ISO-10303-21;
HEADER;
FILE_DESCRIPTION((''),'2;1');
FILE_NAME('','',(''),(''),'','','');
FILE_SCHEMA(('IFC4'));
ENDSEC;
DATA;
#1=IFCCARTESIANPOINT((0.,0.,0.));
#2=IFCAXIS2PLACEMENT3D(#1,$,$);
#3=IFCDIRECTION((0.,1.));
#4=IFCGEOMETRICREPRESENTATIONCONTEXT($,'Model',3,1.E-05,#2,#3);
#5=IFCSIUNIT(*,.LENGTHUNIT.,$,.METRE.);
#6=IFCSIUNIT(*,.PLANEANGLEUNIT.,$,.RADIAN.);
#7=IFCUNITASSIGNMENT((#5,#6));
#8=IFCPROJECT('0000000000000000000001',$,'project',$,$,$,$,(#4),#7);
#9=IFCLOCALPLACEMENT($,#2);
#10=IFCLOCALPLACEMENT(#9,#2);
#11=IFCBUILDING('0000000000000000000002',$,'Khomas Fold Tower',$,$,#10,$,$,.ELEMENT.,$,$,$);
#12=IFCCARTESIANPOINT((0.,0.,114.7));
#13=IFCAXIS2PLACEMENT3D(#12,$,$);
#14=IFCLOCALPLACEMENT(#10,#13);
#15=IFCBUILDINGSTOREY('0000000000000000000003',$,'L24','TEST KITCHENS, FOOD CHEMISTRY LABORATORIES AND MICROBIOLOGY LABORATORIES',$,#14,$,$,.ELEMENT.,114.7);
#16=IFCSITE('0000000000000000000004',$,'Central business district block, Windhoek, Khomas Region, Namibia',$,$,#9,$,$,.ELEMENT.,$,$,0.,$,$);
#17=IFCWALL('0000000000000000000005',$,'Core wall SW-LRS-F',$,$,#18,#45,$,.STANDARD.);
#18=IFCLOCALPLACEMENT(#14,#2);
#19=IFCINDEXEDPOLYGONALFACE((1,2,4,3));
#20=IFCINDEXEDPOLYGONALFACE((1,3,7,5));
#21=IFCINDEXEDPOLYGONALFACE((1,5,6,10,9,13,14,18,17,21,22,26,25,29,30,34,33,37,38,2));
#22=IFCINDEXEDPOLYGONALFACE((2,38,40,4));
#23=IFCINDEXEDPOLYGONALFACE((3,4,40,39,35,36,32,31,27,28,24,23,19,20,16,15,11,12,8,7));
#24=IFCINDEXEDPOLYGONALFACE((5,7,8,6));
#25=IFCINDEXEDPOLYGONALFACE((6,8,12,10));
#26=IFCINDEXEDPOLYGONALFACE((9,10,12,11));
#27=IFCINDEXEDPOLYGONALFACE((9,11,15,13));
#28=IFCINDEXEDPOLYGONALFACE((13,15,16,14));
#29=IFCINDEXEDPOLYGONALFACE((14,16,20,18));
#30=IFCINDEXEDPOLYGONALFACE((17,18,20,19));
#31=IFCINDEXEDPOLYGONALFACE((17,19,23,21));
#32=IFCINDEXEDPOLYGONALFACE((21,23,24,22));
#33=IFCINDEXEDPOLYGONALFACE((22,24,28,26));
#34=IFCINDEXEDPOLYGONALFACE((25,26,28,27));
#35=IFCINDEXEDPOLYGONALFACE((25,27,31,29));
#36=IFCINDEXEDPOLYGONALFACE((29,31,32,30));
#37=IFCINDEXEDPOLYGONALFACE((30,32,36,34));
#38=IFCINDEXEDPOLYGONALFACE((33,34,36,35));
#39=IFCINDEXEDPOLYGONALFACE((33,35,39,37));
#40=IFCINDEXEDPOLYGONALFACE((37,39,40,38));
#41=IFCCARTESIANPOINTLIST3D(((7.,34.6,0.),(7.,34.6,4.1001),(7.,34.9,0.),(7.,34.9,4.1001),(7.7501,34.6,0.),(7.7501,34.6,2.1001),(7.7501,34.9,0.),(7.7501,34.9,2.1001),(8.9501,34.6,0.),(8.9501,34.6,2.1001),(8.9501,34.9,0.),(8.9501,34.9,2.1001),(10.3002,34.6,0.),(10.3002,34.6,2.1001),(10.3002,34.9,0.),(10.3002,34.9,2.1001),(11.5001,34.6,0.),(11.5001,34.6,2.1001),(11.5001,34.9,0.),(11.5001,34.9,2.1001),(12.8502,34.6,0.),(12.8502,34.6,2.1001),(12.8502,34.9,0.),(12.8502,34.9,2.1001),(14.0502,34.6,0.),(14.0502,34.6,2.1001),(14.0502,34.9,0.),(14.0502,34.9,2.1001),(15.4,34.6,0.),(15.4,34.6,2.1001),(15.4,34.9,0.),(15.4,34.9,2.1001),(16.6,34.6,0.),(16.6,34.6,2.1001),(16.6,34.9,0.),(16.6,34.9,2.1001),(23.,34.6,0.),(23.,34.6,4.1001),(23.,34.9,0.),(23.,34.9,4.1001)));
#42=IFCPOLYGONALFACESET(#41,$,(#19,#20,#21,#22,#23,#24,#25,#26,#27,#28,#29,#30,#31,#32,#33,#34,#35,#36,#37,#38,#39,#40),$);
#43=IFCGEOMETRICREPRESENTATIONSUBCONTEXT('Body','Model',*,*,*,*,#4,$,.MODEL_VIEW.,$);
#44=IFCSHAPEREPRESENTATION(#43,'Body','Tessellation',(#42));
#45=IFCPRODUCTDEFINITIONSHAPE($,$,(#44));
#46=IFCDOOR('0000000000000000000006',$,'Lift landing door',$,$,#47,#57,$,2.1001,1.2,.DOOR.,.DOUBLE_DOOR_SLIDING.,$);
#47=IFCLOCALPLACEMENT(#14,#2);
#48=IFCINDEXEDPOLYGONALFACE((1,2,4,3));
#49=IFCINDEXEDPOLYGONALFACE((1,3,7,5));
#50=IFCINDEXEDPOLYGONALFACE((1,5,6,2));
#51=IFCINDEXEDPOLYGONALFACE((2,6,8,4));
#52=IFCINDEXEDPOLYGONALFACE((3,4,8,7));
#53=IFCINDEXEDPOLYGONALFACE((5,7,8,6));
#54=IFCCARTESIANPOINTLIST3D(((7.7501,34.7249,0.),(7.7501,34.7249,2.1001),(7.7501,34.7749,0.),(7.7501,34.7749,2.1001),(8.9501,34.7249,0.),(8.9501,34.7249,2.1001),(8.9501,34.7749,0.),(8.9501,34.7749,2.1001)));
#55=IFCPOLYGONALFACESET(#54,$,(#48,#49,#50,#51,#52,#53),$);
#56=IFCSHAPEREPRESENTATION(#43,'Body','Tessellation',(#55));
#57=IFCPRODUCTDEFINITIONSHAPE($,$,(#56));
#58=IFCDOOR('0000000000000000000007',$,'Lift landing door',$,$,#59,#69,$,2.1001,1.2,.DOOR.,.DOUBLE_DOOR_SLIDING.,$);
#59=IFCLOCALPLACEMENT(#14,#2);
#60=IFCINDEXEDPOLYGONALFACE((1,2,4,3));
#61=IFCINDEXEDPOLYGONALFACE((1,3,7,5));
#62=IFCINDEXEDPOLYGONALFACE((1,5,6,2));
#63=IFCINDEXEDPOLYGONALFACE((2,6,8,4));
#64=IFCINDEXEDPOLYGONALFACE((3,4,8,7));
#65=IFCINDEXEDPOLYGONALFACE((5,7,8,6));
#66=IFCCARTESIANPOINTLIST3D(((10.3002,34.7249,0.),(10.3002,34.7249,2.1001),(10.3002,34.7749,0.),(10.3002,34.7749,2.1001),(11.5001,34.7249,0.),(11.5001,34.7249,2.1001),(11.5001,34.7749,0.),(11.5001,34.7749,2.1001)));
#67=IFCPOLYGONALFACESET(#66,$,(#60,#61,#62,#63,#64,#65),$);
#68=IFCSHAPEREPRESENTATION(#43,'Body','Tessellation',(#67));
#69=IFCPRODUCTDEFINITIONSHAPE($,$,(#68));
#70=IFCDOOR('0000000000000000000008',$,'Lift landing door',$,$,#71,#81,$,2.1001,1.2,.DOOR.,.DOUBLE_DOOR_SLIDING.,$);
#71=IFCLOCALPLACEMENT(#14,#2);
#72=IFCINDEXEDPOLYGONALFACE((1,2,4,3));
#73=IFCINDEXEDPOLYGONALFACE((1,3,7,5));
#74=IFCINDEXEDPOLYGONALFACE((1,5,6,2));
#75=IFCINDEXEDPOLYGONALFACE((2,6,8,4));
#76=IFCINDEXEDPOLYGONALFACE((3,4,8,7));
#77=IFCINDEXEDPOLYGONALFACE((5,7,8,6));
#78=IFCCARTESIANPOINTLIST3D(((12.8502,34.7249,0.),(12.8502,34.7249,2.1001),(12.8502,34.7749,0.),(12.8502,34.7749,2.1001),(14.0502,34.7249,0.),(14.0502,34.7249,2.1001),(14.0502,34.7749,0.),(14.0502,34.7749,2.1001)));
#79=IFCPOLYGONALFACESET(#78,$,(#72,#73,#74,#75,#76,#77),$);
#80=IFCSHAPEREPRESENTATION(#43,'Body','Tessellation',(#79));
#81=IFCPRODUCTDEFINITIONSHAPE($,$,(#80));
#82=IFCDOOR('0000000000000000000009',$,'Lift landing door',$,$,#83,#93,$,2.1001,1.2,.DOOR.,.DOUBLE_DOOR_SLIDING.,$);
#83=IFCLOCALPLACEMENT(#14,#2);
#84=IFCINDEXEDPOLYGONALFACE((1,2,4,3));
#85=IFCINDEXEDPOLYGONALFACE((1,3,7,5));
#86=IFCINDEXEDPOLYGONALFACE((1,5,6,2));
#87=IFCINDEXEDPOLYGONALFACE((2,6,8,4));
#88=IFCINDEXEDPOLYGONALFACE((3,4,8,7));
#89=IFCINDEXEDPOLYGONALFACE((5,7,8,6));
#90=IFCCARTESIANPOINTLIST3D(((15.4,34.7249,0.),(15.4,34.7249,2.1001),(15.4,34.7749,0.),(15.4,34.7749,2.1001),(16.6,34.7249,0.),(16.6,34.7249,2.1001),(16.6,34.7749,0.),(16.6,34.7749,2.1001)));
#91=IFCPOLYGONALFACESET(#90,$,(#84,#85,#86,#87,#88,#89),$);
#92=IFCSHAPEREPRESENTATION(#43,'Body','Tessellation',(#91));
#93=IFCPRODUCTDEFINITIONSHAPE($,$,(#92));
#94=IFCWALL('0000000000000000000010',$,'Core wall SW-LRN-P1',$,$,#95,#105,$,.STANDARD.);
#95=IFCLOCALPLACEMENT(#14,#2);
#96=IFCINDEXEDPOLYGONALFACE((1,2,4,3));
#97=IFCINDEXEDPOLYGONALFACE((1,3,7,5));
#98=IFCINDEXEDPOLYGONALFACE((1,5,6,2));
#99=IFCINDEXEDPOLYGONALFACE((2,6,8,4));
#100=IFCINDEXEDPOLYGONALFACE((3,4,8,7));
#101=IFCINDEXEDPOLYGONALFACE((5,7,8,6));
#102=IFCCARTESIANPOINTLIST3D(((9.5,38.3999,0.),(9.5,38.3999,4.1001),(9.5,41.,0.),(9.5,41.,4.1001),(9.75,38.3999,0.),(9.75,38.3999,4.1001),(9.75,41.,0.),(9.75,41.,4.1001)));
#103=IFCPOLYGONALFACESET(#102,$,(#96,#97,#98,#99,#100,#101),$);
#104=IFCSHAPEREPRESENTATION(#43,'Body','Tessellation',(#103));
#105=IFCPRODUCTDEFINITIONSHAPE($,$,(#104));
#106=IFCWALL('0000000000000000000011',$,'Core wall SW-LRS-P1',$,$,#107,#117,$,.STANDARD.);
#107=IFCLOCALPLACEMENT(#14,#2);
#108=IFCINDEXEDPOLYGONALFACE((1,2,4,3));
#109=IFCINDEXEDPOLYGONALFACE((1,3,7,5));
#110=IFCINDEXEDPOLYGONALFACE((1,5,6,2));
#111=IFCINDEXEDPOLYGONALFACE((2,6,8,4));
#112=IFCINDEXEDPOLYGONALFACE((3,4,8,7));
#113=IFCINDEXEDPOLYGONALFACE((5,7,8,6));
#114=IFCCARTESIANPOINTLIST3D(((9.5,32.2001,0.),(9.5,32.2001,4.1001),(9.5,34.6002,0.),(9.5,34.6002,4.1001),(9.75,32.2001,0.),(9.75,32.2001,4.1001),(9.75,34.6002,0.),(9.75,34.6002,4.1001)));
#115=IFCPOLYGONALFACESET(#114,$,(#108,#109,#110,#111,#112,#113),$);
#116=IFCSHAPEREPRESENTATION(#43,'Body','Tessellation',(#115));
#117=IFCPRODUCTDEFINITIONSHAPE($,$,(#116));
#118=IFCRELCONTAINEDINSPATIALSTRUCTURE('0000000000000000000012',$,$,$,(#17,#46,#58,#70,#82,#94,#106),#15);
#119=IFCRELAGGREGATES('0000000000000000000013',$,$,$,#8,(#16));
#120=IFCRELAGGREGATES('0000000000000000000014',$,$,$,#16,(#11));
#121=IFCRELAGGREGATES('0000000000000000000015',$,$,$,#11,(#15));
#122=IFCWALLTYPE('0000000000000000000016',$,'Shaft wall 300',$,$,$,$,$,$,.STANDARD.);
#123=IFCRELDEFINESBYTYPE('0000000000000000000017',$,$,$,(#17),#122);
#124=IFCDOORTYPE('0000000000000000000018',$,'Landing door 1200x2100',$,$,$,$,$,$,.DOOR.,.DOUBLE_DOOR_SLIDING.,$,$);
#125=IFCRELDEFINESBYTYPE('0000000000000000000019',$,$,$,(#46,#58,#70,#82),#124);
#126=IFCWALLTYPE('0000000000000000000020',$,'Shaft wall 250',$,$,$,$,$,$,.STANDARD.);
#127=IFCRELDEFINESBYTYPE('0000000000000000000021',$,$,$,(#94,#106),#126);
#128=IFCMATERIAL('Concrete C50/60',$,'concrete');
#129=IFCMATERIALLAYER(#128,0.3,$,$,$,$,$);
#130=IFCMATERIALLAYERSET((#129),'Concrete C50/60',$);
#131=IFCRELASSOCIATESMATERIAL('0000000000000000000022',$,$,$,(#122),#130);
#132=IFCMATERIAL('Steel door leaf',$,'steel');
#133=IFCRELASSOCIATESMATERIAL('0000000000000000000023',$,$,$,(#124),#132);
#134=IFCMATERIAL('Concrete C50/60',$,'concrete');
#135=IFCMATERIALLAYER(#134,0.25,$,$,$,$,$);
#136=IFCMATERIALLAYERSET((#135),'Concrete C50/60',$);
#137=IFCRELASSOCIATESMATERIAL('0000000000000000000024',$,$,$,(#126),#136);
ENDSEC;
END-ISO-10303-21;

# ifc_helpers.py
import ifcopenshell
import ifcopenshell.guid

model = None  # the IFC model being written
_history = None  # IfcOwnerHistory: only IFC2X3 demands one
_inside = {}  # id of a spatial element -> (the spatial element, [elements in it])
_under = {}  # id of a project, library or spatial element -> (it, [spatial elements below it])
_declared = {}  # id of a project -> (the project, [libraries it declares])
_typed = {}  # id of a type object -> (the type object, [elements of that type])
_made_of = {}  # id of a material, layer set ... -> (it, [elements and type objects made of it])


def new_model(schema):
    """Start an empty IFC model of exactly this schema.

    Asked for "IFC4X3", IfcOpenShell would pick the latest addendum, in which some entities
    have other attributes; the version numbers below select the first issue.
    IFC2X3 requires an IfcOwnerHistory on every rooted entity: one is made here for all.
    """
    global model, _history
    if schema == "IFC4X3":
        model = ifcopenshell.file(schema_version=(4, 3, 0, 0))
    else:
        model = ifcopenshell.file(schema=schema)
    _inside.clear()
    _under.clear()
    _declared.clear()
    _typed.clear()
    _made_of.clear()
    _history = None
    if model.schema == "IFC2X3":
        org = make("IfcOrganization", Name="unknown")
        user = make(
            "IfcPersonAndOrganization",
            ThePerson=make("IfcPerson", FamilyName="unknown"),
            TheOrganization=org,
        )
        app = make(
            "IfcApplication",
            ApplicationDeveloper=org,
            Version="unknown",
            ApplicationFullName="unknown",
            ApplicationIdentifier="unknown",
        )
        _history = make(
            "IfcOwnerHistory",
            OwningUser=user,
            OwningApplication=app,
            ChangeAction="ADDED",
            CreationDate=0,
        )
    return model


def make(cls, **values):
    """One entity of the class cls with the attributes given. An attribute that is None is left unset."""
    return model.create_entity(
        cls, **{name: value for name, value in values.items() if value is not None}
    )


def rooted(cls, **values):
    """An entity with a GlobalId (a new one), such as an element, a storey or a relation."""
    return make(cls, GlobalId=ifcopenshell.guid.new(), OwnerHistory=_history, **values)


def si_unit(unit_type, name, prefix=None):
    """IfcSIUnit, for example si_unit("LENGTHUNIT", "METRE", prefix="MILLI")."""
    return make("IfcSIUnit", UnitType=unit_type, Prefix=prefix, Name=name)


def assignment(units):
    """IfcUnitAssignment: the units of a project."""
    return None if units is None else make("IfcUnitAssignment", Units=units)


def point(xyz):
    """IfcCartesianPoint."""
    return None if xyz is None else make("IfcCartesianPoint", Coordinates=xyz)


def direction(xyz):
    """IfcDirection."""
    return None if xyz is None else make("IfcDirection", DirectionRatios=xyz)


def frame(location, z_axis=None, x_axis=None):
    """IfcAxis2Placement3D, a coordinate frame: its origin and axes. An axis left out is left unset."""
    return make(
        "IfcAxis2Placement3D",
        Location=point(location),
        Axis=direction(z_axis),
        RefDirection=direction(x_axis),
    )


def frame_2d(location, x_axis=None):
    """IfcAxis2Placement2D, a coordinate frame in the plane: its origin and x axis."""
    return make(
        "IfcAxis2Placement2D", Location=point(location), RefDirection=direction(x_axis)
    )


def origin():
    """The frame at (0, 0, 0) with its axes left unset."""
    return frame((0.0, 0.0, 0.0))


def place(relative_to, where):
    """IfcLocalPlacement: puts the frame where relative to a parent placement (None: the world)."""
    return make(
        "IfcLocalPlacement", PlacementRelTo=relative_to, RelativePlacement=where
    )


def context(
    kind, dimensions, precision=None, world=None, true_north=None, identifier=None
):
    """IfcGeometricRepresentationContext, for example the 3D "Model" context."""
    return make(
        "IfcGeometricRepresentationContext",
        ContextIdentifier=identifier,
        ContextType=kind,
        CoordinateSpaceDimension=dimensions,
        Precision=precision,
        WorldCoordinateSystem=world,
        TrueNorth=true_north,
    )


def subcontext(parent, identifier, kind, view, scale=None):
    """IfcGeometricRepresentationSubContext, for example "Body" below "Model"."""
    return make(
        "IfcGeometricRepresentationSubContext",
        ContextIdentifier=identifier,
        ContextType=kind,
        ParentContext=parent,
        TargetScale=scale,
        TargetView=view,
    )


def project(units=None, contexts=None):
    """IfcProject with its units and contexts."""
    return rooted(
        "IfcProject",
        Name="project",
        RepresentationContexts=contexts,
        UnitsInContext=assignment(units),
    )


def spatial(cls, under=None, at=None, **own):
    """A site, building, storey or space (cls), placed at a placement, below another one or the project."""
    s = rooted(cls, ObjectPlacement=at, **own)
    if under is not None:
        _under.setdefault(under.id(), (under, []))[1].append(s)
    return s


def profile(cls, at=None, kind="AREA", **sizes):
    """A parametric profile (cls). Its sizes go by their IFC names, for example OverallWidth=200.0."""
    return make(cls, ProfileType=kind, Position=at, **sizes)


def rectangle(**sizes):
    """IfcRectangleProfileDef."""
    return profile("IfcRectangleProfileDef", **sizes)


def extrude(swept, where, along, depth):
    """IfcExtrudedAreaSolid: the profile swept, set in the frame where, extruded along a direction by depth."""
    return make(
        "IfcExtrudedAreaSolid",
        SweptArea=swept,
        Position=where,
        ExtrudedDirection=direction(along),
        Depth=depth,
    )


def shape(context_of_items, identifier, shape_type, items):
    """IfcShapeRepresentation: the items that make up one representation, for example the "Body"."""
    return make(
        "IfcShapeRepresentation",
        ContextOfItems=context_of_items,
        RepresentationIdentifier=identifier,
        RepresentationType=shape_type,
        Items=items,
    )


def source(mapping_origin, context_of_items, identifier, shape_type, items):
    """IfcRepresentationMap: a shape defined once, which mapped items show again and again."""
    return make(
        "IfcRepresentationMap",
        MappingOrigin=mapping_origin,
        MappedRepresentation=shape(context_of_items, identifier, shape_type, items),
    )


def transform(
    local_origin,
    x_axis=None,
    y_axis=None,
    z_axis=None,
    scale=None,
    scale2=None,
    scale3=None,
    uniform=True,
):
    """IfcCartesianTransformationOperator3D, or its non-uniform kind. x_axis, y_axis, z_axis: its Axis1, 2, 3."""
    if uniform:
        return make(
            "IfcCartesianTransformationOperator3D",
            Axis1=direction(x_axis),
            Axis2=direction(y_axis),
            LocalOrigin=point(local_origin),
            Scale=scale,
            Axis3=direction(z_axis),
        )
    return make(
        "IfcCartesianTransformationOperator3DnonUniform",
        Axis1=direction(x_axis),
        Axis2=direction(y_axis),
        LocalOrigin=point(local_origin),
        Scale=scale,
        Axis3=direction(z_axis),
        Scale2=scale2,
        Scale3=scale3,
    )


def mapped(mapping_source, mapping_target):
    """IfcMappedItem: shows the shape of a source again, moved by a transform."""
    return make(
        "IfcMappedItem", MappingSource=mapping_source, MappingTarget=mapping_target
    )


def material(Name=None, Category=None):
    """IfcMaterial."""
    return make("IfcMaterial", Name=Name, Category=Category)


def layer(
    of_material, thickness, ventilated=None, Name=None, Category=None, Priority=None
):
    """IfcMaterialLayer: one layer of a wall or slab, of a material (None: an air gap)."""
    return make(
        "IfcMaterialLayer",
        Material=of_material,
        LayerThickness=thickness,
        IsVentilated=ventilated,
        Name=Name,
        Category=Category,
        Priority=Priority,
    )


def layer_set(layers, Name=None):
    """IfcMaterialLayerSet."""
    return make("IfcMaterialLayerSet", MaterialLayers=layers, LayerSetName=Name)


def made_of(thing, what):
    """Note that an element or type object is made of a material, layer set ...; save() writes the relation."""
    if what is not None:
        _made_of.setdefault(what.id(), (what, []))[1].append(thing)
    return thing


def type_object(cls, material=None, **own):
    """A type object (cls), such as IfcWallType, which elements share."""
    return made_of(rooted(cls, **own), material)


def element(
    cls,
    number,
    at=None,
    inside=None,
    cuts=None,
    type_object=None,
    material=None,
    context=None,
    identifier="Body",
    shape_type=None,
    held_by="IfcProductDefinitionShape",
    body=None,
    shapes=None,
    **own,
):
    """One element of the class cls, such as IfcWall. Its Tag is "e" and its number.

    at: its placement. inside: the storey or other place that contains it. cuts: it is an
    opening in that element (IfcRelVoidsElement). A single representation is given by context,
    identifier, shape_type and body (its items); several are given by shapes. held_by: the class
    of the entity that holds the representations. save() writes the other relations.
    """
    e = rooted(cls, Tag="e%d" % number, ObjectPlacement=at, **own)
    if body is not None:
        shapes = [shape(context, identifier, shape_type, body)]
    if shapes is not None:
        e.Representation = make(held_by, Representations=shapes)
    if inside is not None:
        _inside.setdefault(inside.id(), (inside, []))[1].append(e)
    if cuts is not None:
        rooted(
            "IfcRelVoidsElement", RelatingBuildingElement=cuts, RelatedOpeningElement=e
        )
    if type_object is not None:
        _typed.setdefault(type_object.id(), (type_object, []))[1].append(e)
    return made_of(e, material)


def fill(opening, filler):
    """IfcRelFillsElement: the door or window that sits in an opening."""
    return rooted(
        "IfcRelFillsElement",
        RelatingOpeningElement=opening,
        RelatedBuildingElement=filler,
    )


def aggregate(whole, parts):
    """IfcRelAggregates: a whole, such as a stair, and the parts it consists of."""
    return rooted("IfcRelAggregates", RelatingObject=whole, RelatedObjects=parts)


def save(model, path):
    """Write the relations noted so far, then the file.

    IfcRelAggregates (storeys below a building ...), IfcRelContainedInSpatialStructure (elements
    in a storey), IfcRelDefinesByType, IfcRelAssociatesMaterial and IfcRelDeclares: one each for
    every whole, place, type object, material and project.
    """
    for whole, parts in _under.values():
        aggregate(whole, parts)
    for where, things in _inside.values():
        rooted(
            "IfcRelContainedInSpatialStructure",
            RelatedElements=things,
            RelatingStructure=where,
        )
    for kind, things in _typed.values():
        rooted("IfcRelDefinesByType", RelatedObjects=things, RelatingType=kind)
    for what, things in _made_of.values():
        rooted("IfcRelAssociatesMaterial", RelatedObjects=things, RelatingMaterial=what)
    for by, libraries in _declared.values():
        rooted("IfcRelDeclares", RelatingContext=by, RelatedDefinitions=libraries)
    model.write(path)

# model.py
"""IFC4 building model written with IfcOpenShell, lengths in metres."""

from ifc_helpers import new_model, si_unit, direction, frame, frame_2d, origin, place, context, subcontext, project, spatial, rectangle, extrude, source, transform, mapped, material, layer, layer_set, type_object, element, fill, save


model = new_model("IFC4")

# Units and contexts
model_context = context("Model", 3, precision=1e-05, world=origin(), true_north=direction((0.0, 1.0)))
body_context = subcontext(model_context, "Body", "Model", "MODEL_VIEW")
ifc_project = project(units=[si_unit("LENGTHUNIT", "METRE"), si_unit("PLANEANGLEUNIT", "RADIAN")], contexts=[model_context])

# Site, building, storey
site_placement = place(None, origin())
site = spatial("IfcSite", under=ifc_project, at=site_placement, Name="Central business district block, Windhoek, Khomas Region, Namibia", CompositionType="ELEMENT", RefElevation=0.0)
building_placement = place(site_placement, origin())
building = spatial("IfcBuilding", under=site, at=building_placement, Name="Khomas Fold Tower", CompositionType="ELEMENT")
storey_placement = place(building_placement, frame((0.0, 0.0, 114.7)))
storey = spatial("IfcBuildingStorey", under=building, at=storey_placement, Name="L24", Description="TEST KITCHENS, FOOD CHEMISTRY LABORATORIES AND MICROBIOLOGY LABORATORIES", CompositionType="ELEMENT", Elevation=114.7)

# Shared definitions
ifc_material_1 = material(Name="Concrete C50/60", Category="concrete")
ifc_layer_1 = layer(ifc_material_1, 0.3)
ifc_layer_set_1 = layer_set([ifc_layer_1], Name="Concrete C50/60")
wall_type_1 = type_object("IfcWallType", Name="Shaft wall 300", PredefinedType="STANDARD", material=ifc_layer_set_1)
shared_shape_1 = source(origin(), body_context, "Body", "SweptSolid", [
    extrude(rectangle(XDim=16.0, YDim=0.3, at=frame_2d((8.0, 0.0))), origin(), (0.0, 0.0, 1.0), 4.1001),
])

# Wall, openings, doors
shared_shape_2 = source(origin(), body_context, "Body", "SweptSolid", [
    extrude(rectangle(XDim=1.2, YDim=2.1001, at=frame_2d((0.6001, 1.05))), frame((0.0, 0.1599, 0.0), z_axis=(0.0, -1.0, 0.0), x_axis=(1.0, 0.0, 0.0)), (0.0, 0.0, 1.0), 0.3201),
])
ifc_material_2 = material(Name="Steel door leaf", Category="steel")
door_type_1 = type_object("IfcDoorType", Name="Landing door 1200x2100", OperationType="DOUBLE_DOOR_SLIDING", PredefinedType="DOOR", material=ifc_material_2)
shared_shape_3 = source(origin(), body_context, "Body", "SweptSolid", [
    extrude(rectangle(XDim=1.2, YDim=2.1001, at=frame_2d((0.6001, 1.05))), frame((0.0, 0.0249, 0.0), z_axis=(0.0, -1.0, 0.0), x_axis=(1.0, 0.0, 0.0)), (0.0, 0.0, 1.0), 0.05),
])
wall_1_placement = place(storey_placement, frame((7.0, 34.75, 0.0), z_axis=(0.0, 0.0, 1.0), x_axis=(1.0, 0.0, 0.0)))
wall_1 = element("IfcWall", 1, at=wall_1_placement, inside=storey, type_object=wall_type_1, Name="Core wall SW-LRS-F", PredefinedType="STANDARD", context=body_context, shape_type="MappedRepresentation", body=[
    mapped(shared_shape_1, transform((0.0, 0.0, 0.0))),
])
opening_1_placement = place(wall_1_placement, frame((0.75, 0.0, 0.0)))
opening_1 = element("IfcOpeningElement", 2, at=opening_1_placement, cuts=wall_1, PredefinedType="OPENING", context=body_context, shape_type="MappedRepresentation", body=[
    mapped(shared_shape_2, transform((0.0, 0.0, 0.0))),
])
opening_2_placement = place(wall_1_placement, frame((3.3, 0.0, 0.0)))
opening_2 = element("IfcOpeningElement", 3, at=opening_2_placement, cuts=wall_1, PredefinedType="OPENING", context=body_context, shape_type="MappedRepresentation", body=[
    mapped(shared_shape_2, transform((0.0, 0.0, 0.0))),
])
opening_3_placement = place(wall_1_placement, frame((5.8501, 0.0, 0.0)))
opening_3 = element("IfcOpeningElement", 4, at=opening_3_placement, cuts=wall_1, PredefinedType="OPENING", context=body_context, shape_type="MappedRepresentation", body=[
    mapped(shared_shape_2, transform((0.0, 0.0, 0.0))),
])
opening_4_placement = place(wall_1_placement, frame((8.3999, 0.0, 0.0)))
opening_4 = element("IfcOpeningElement", 5, at=opening_4_placement, cuts=wall_1, PredefinedType="OPENING", context=body_context, shape_type="MappedRepresentation", body=[
    mapped(shared_shape_2, transform((0.0, 0.0, 0.0))),
])
door_1_placement = place(opening_1_placement, origin())
door_1 = element("IfcDoor", 6, at=door_1_placement, inside=storey, type_object=door_type_1, Name="Lift landing door", OperationType="DOUBLE_DOOR_SLIDING", OverallHeight=2.1001, OverallWidth=1.2, PredefinedType="DOOR", context=body_context, shape_type="MappedRepresentation", body=[
    mapped(shared_shape_3, transform((0.0, 0.0, 0.0))),
])
fill(opening_1, door_1)
door_2_placement = place(opening_2_placement, origin())
door_2 = element("IfcDoor", 7, at=door_2_placement, inside=storey, type_object=door_type_1, Name="Lift landing door", OperationType="DOUBLE_DOOR_SLIDING", OverallHeight=2.1001, OverallWidth=1.2, PredefinedType="DOOR", context=body_context, shape_type="MappedRepresentation", body=[
    mapped(shared_shape_3, transform((0.0, 0.0, 0.0))),
])
fill(opening_2, door_2)
door_3_placement = place(opening_3_placement, origin())
door_3 = element("IfcDoor", 8, at=door_3_placement, inside=storey, type_object=door_type_1, Name="Lift landing door", OperationType="DOUBLE_DOOR_SLIDING", OverallHeight=2.1001, OverallWidth=1.2, PredefinedType="DOOR", context=body_context, shape_type="MappedRepresentation", body=[
    mapped(shared_shape_3, transform((0.0, 0.0, 0.0))),
])
fill(opening_3, door_3)
door_4_placement = place(opening_4_placement, origin())
door_4 = element("IfcDoor", 9, at=door_4_placement, inside=storey, type_object=door_type_1, Name="Lift landing door", OperationType="DOUBLE_DOOR_SLIDING", OverallHeight=2.1001, OverallWidth=1.2, PredefinedType="DOOR", context=body_context, shape_type="MappedRepresentation", body=[
    mapped(shared_shape_3, transform((0.0, 0.0, 0.0))),
])
fill(opening_4, door_4)

# Walls
ifc_material_3 = material(Name="Concrete C50/60", Category="concrete")
ifc_layer_2 = layer(ifc_material_3, 0.25)
ifc_layer_set_2 = layer_set([ifc_layer_2], Name="Concrete C50/60")
wall_type_2 = type_object("IfcWallType", Name="Shaft wall 250", PredefinedType="STANDARD", material=ifc_layer_set_2)
shared_shape_4 = source(origin(), body_context, "Body", "SweptSolid", [
    extrude(rectangle(XDim=2.6001, YDim=0.25, at=frame_2d((1.3, 0.0))), origin(), (0.0, 0.0, 1.0), 4.1001),
])
wall_2_placement = place(storey_placement, frame((9.625, 38.3999, 0.0), z_axis=(0.0, 0.0, 1.0), x_axis=(0.0, 1.0, 0.0)))
element("IfcWall", 10, at=wall_2_placement, inside=storey, type_object=wall_type_2, Name="Core wall SW-LRN-P1", PredefinedType="STANDARD", context=body_context, shape_type="MappedRepresentation", body=[
    mapped(shared_shape_4, transform((0.0, 0.0, 0.0))),
])
shared_shape_5 = source(origin(), body_context, "Body", "SweptSolid", [
    extrude(rectangle(XDim=2.4001, YDim=0.25, at=frame_2d((1.2002, 0.0))), origin(), (0.0, 0.0, 1.0), 4.1001),
])
wall_3_placement = place(storey_placement, frame((9.625, 32.2, 0.0), z_axis=(0.0, 0.0, 1.0), x_axis=(0.0, 1.0, 0.0)))
element("IfcWall", 11, at=wall_3_placement, inside=storey, type_object=wall_type_2, Name="Core wall SW-LRS-P1", PredefinedType="STANDARD", context=body_context, shape_type="MappedRepresentation", body=[
    mapped(shared_shape_5, transform((0.0, 0.0, 0.0))),
])

save(model, "model.ifc")
